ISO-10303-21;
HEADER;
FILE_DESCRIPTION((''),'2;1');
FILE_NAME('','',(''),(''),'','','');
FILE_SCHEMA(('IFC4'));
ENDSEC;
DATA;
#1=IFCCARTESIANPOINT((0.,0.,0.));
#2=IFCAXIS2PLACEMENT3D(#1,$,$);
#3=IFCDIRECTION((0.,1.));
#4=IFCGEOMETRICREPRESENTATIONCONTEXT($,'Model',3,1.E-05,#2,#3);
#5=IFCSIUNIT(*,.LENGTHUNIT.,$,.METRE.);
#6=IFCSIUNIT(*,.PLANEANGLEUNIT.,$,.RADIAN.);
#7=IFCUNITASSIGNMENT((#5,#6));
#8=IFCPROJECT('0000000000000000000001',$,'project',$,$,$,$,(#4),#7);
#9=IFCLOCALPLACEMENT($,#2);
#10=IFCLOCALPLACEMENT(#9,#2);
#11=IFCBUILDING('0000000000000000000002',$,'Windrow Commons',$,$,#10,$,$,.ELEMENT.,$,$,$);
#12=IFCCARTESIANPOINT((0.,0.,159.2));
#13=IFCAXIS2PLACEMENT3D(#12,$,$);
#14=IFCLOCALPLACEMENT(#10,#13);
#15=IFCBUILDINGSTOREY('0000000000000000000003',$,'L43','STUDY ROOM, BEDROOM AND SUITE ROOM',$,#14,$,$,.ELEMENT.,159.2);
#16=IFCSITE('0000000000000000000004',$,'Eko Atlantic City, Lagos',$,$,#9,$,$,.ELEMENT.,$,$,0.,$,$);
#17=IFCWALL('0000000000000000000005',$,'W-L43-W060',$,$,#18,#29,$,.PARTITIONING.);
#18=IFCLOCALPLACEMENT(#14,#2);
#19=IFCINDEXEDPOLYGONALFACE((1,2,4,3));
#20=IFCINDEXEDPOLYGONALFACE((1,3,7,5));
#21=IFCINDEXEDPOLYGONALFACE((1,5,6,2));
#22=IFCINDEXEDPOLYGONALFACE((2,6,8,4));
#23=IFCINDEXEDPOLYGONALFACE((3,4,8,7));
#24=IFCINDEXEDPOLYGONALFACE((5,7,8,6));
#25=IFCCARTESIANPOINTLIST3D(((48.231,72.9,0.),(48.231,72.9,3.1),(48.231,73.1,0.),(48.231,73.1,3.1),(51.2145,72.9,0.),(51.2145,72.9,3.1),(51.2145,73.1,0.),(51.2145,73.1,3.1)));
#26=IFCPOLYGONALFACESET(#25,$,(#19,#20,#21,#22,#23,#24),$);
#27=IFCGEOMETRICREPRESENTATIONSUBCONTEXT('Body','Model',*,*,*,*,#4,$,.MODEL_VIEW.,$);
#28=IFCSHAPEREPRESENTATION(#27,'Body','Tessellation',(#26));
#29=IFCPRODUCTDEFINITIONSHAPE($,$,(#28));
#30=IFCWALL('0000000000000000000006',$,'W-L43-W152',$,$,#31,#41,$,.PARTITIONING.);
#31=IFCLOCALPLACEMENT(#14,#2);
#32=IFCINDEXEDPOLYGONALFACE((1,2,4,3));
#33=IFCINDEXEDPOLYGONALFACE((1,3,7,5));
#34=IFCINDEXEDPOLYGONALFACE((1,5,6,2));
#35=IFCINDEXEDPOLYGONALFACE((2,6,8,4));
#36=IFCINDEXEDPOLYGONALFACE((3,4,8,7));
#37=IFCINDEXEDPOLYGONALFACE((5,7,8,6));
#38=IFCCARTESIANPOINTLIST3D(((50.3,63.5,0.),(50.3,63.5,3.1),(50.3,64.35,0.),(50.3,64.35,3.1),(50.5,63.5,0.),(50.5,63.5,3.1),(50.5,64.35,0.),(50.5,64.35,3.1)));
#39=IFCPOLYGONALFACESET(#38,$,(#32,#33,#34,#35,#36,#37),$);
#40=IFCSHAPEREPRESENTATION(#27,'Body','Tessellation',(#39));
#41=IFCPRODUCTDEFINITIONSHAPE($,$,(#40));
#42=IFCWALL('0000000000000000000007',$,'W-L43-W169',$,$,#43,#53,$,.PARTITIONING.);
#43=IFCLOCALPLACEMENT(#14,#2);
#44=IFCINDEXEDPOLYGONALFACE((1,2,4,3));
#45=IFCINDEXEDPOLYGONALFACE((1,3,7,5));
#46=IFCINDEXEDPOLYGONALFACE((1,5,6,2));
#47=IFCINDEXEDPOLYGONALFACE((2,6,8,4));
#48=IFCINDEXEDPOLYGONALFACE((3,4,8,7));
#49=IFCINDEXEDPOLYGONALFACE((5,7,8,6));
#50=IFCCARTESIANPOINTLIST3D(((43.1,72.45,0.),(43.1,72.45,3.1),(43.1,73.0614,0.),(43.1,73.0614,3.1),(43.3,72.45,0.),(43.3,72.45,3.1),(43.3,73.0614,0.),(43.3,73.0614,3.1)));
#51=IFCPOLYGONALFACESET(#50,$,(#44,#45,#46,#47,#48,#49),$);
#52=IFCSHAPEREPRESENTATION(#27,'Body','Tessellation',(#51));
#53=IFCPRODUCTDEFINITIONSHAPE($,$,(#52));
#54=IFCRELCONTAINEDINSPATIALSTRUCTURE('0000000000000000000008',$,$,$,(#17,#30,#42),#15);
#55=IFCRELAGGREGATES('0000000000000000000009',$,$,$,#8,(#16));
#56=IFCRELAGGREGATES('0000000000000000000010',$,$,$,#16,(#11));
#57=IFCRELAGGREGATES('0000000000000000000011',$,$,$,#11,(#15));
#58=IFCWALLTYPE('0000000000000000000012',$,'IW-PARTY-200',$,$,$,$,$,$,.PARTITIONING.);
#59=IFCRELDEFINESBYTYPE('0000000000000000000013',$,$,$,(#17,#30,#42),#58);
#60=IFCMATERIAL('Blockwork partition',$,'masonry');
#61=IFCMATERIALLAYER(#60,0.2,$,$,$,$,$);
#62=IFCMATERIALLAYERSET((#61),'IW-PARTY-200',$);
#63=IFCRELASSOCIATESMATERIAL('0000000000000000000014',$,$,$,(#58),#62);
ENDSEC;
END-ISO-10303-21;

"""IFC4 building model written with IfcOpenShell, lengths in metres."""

from ifc_helpers import new_model, si_unit, direction, frame, frame_2d, origin, place, context, subcontext, project, spatial, rectangle, extrude, material, layer, layer_set, type_object, element, save


model = new_model("IFC4")

# Units and contexts
model_context = context("Model", 3, precision=1e-05, world=origin(), true_north=direction((0.0, 1.0)))
body_context = subcontext(model_context, "Body", "Model", "MODEL_VIEW")
ifc_project = project(units=[si_unit("LENGTHUNIT", "METRE"), si_unit("PLANEANGLEUNIT", "RADIAN")], contexts=[model_context])

# Site, building, storey
site_placement = place(None, origin())
site = spatial("IfcSite", under=ifc_project, at=site_placement, Name="Eko Atlantic City, Lagos", CompositionType="ELEMENT", RefElevation=0.0)
building_placement = place(site_placement, origin())
building = spatial("IfcBuilding", under=site, at=building_placement, Name="Windrow Commons", CompositionType="ELEMENT")
storey_placement = place(building_placement, frame((0.0, 0.0, 159.2)))
storey = spatial("IfcBuildingStorey", under=building, at=storey_placement, Name="L43", Description="STUDY ROOM, BEDROOM AND SUITE ROOM", CompositionType="ELEMENT", Elevation=159.2)

# Walls
ifc_material_1 = material(Name="Blockwork partition", Category="masonry")
ifc_layer_1 = layer(ifc_material_1, 0.2)
ifc_layer_set_1 = layer_set([ifc_layer_1], Name="IW-PARTY-200")
wall_type_1 = type_object("IfcWallType", Name="IW-PARTY-200", PredefinedType="PARTITIONING", material=ifc_layer_set_1)
wall_1_placement = place(storey_placement, frame((48.2311, 73.0, 0.0), z_axis=(0.0, 0.0, 1.0), x_axis=(1.0, 0.0, 0.0)))
element("IfcWall", 1, at=wall_1_placement, inside=storey, type_object=wall_type_1, Name="W-L43-W060", PredefinedType="PARTITIONING", context=body_context, shape_type="SweptSolid", body=[
    extrude(rectangle(XDim=2.9835, YDim=0.2, at=frame_2d((1.4917, 0.0))), origin(), (0.0, 0.0, 1.0), 3.1),
])
wall_2_placement = place(storey_placement, frame((50.4, 63.5, 0.0), z_axis=(0.0, 0.0, 1.0), x_axis=(0.0, 1.0, 0.0)))
element("IfcWall", 2, at=wall_2_placement, inside=storey, type_object=wall_type_1, Name="W-L43-W152", PredefinedType="PARTITIONING", context=body_context, shape_type="SweptSolid", body=[
    extrude(rectangle(XDim=0.85, YDim=0.2, at=frame_2d((0.425, 0.0))), origin(), (0.0, 0.0, 1.0), 3.1),
])
wall_3_placement = place(storey_placement, frame((43.2, 72.45, 0.0), z_axis=(0.0, 0.0, 1.0), x_axis=(0.0, 1.0, 0.0)))
element("IfcWall", 3, at=wall_3_placement, inside=storey, type_object=wall_type_1, Name="W-L43-W169", PredefinedType="PARTITIONING", context=body_context, shape_type="SweptSolid", body=[
    extrude(rectangle(XDim=0.6114, YDim=0.2, at=frame_2d((0.3057, 0.0))), origin(), (0.0, 0.0, 1.0), 3.1),
])

save(model, "model.ifc")
